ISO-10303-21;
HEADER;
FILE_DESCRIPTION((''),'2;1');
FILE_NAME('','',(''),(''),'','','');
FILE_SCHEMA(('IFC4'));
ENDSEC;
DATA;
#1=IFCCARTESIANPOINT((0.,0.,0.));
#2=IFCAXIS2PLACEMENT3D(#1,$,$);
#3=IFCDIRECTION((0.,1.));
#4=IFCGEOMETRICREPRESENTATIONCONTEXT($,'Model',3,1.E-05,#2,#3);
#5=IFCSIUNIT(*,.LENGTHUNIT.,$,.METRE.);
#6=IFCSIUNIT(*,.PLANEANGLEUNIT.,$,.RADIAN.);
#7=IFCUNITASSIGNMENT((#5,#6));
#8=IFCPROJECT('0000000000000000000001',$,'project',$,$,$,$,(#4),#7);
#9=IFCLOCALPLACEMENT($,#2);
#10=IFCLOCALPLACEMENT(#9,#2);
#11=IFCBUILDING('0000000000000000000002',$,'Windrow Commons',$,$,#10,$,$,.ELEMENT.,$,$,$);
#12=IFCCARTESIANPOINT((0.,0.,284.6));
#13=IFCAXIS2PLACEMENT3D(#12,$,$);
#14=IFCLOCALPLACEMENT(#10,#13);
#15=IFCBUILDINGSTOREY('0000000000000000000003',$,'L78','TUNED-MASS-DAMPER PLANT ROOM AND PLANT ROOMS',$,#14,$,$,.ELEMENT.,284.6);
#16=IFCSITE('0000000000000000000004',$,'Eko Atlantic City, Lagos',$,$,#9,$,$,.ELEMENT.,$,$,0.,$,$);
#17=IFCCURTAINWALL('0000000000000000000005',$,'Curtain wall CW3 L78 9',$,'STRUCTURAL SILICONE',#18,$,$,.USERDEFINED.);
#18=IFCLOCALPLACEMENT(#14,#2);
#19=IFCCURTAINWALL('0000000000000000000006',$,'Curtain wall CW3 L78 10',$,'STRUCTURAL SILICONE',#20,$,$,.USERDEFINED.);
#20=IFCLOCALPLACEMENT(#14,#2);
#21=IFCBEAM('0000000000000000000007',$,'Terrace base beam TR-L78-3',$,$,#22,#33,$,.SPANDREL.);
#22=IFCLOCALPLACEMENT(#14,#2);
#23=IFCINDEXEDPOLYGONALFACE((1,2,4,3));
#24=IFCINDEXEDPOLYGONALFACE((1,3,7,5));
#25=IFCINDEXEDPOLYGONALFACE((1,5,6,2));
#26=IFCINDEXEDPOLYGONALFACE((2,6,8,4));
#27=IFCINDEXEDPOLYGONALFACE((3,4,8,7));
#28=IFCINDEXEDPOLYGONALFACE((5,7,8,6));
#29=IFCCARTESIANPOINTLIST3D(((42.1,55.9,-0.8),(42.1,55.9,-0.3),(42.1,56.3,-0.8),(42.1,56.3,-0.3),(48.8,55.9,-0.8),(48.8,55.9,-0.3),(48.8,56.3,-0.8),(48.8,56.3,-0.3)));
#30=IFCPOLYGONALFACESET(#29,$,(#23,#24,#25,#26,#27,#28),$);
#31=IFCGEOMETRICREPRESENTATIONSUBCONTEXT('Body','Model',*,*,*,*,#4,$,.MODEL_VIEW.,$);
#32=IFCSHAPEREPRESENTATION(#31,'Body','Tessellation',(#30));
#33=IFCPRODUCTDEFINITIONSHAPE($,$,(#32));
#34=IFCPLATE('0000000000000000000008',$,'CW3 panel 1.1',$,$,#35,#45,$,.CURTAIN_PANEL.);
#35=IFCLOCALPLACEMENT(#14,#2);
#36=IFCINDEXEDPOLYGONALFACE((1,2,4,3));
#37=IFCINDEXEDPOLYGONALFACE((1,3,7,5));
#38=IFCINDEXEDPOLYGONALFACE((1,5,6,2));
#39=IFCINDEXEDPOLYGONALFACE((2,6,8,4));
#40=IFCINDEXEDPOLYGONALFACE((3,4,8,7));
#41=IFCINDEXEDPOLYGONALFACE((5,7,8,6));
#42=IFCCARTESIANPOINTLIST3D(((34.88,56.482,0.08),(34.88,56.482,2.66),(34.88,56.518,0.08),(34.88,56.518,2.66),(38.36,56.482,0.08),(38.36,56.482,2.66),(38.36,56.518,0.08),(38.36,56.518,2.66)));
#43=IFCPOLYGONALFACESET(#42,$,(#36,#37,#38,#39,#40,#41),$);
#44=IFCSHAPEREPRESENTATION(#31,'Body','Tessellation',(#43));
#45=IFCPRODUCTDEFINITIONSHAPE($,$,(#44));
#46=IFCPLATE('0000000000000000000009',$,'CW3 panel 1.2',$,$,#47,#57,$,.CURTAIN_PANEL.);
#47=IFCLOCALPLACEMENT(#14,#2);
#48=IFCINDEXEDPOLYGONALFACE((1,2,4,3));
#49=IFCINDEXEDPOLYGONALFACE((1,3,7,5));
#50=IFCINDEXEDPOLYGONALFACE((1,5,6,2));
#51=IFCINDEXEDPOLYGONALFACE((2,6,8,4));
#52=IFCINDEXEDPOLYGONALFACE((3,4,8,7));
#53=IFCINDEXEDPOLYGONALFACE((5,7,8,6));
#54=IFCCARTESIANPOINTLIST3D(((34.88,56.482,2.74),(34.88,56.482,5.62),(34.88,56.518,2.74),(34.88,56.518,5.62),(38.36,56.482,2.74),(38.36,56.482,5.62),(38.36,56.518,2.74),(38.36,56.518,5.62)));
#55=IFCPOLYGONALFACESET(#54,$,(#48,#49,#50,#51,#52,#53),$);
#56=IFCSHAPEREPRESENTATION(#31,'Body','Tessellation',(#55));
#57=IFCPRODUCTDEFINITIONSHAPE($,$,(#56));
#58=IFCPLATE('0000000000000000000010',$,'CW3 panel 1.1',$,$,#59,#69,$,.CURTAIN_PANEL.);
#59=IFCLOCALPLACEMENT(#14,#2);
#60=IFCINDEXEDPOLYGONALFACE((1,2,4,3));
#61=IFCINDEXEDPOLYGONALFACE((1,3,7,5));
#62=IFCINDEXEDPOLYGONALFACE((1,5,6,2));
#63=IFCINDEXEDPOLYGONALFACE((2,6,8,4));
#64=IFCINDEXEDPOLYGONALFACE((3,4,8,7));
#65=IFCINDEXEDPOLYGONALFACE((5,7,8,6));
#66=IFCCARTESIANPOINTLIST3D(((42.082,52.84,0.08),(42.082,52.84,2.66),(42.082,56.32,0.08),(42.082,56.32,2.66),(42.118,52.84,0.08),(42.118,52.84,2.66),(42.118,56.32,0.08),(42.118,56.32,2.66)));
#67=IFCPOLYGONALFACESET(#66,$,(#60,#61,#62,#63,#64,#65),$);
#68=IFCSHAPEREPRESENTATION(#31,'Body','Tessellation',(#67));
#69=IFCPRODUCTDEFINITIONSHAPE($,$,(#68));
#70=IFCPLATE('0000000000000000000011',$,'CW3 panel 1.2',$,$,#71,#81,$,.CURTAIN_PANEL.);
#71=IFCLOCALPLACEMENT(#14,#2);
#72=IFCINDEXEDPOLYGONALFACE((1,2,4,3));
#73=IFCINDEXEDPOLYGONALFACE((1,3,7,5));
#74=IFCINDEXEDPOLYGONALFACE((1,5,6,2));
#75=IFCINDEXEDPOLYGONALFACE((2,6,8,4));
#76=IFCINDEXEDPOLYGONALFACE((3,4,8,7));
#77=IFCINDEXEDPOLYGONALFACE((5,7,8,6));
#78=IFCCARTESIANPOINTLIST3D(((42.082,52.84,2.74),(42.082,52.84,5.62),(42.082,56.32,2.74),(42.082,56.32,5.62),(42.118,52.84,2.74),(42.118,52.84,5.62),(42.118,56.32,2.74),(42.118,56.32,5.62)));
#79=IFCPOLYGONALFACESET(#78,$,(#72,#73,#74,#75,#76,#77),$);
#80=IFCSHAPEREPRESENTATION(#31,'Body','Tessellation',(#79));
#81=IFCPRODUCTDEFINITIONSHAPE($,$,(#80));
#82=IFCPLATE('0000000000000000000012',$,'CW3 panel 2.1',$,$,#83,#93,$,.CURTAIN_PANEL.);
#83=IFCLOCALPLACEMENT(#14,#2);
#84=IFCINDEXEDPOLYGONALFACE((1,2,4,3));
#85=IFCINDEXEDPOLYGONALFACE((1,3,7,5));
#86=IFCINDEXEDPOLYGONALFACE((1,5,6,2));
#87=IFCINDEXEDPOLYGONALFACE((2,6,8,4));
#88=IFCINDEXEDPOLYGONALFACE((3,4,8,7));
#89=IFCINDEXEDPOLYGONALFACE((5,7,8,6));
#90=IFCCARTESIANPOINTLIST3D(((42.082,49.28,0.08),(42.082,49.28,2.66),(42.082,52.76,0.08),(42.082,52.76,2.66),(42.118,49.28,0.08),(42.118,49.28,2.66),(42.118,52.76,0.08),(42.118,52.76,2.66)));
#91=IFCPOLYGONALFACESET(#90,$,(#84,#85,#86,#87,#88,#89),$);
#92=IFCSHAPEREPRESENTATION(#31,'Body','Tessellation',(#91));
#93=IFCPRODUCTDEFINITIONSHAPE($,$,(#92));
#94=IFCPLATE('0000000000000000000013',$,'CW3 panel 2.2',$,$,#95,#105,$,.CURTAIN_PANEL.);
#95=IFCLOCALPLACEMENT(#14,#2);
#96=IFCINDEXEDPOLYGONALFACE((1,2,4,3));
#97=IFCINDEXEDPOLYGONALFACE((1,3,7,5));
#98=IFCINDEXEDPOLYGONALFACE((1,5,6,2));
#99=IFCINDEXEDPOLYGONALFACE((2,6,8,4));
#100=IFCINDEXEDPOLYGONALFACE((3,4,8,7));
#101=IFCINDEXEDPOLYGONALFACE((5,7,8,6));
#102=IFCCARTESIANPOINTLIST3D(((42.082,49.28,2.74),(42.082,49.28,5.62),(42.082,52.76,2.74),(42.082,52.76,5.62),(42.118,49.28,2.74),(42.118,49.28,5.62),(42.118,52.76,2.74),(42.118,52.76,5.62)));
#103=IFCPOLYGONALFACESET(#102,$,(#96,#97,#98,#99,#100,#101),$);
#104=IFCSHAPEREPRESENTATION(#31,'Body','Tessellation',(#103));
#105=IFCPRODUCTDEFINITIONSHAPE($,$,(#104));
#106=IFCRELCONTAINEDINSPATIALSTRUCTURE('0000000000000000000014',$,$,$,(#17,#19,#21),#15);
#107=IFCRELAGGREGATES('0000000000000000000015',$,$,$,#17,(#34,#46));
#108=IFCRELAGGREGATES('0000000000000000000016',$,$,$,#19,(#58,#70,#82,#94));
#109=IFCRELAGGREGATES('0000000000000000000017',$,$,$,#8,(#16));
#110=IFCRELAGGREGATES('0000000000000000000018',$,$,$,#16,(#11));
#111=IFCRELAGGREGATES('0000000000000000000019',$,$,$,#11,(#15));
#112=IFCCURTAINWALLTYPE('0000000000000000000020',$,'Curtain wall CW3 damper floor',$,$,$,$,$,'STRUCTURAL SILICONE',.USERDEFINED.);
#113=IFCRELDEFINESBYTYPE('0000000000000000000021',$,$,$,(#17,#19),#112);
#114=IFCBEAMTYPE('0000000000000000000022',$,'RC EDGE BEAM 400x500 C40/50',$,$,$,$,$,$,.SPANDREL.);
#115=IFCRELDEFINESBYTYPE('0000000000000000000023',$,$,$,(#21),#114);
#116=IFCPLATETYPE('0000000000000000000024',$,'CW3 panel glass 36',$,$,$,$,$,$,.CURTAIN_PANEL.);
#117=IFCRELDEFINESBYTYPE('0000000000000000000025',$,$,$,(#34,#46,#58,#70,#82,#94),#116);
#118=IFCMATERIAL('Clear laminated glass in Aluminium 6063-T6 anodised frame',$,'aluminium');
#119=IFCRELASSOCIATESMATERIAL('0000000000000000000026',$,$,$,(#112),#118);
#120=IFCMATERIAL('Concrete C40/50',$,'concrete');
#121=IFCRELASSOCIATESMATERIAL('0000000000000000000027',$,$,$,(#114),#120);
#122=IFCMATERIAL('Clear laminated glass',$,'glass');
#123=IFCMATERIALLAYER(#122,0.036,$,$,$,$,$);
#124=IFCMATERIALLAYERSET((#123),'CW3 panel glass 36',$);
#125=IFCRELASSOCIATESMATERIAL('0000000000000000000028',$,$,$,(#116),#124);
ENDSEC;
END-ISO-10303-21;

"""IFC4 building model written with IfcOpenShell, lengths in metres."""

from ifc_helpers import new_model, si_unit, direction, frame, origin, origin_2d, place, context, subcontext, project, spatial, rectangle, extrude, material, layer, layer_set, material_profile, profile_set, type_object, element, aggregate, save


model = new_model("IFC4")

# Units and contexts
model_context = context("Model", 3, precision=1e-05, world=origin(), true_north=direction((0.0, 1.0)))
body_context = subcontext(model_context, "Body", "Model", "MODEL_VIEW")
ifc_project = project(units=[si_unit("LENGTHUNIT", "METRE"), si_unit("PLANEANGLEUNIT", "RADIAN")], contexts=[model_context])

# Site, building, storey
site_placement = place(None, origin())
site = spatial("IfcSite", under=ifc_project, at=site_placement, Name="Eko Atlantic City, Lagos", CompositionType="ELEMENT", RefElevation=0.0)
building_placement = place(site_placement, origin())
building = spatial("IfcBuilding", under=site, at=building_placement, Name="Windrow Commons", CompositionType="ELEMENT")
storey_placement = place(building_placement, frame((0.0, 0.0, 284.6)))
storey = spatial("IfcBuildingStorey", under=building, at=storey_placement, Name="L78", Description="TUNED-MASS-DAMPER PLANT ROOM AND PLANT ROOMS", CompositionType="ELEMENT", Elevation=284.6)

# Shared definitions
ifc_material_1 = material(Name="Clear laminated glass in Aluminium 6063-T6 anodised frame", Category="aluminium")
curtain_wall_type = type_object("IfcCurtainWallType", Name="Curtain wall CW3 damper floor", ElementType="STRUCTURAL SILICONE", PredefinedType="USERDEFINED", material=ifc_material_1)
placement = place(storey_placement, origin())

# Curtain walls
curtain_wall_1 = element("IfcCurtainWall", 1, at=placement, inside=storey, type_object=curtain_wall_type, Name="Curtain wall CW3 L78 9", ObjectType="STRUCTURAL SILICONE", PredefinedType="USERDEFINED")
curtain_wall_2 = element("IfcCurtainWall", 2, at=placement, inside=storey, type_object=curtain_wall_type, Name="Curtain wall CW3 L78 10", ObjectType="STRUCTURAL SILICONE", PredefinedType="USERDEFINED")

# Beam
ifc_material_2 = material(Name="Concrete C40/50", Category="concrete")
ifc_material_profile_1 = material_profile(ifc_material_2, rectangle(XDim=0.4, YDim=0.5, at=origin_2d()))
ifc_profile_set_1 = profile_set([ifc_material_profile_1], Name="Concrete C40/50")
beam_type = type_object("IfcBeamType", Name="RC EDGE BEAM 400x500 C40/50", PredefinedType="SPANDREL", material=ifc_profile_set_1)
beam_placement = place(storey_placement, frame((42.1, 56.1, -0.55), z_axis=(1.0, 0.0, 0.0), x_axis=(0.0, 1.0, 0.0)))
element("IfcBeam", 3, at=beam_placement, inside=storey, type_object=beam_type, Name="Terrace base beam TR-L78-3", PredefinedType="SPANDREL", context=body_context, shape_type="SweptSolid", body=[
    extrude(rectangle(XDim=0.4, YDim=0.5, at=origin_2d()), origin(), (0.0, 0.0, 1.0), 6.7),
])

# Plates
ifc_material_3 = material(Name="Clear laminated glass", Category="glass")
ifc_layer = layer(ifc_material_3, 0.036)
ifc_layer_set = layer_set([ifc_layer], Name="CW3 panel glass 36")
plate_type = type_object("IfcPlateType", Name="CW3 panel glass 36", PredefinedType="CURTAIN_PANEL", material=ifc_layer_set)
plate_1_placement = place(storey_placement, frame((36.62, 56.5, 0.08), z_axis=(0.0, 0.0, 1.0), x_axis=(1.0, 0.0, 0.0)))
plate_1 = element("IfcPlate", 4, at=plate_1_placement, type_object=plate_type, Name="CW3 panel 1.1", PredefinedType="CURTAIN_PANEL", context=body_context, shape_type="SweptSolid", body=[
    extrude(rectangle(XDim=3.48, YDim=0.036, at=origin_2d()), origin(), (0.0, 0.0, 1.0), 2.58),
])
plate_2_placement = place(storey_placement, frame((36.62, 56.5, 2.74), z_axis=(0.0, 0.0, 1.0), x_axis=(1.0, 0.0, 0.0)))
plate_2 = element("IfcPlate", 5, at=plate_2_placement, type_object=plate_type, Name="CW3 panel 1.2", PredefinedType="CURTAIN_PANEL", context=body_context, shape_type="SweptSolid", body=[
    extrude(rectangle(XDim=3.48, YDim=0.036, at=origin_2d()), origin(), (0.0, 0.0, 1.0), 2.88),
])
aggregate(curtain_wall_1, [plate_1, plate_2])
plate_3_placement = place(storey_placement, frame((42.1, 54.58, 0.08), z_axis=(0.0, 0.0, 1.0), x_axis=(0.0, -1.0, 0.0)))
plate_3 = element("IfcPlate", 6, at=plate_3_placement, type_object=plate_type, Name="CW3 panel 1.1", PredefinedType="CURTAIN_PANEL", context=body_context, shape_type="SweptSolid", body=[
    extrude(rectangle(XDim=3.48, YDim=0.036, at=origin_2d()), origin(), (0.0, 0.0, 1.0), 2.58),
])
plate_4_placement = place(storey_placement, frame((42.1, 54.58, 2.74), z_axis=(0.0, 0.0, 1.0), x_axis=(0.0, -1.0, 0.0)))
plate_4 = element("IfcPlate", 7, at=plate_4_placement, type_object=plate_type, Name="CW3 panel 1.2", PredefinedType="CURTAIN_PANEL", context=body_context, shape_type="SweptSolid", body=[
    extrude(rectangle(XDim=3.48, YDim=0.036, at=origin_2d()), origin(), (0.0, 0.0, 1.0), 2.88),
])
plate_5_placement = place(storey_placement, frame((42.1, 51.02, 0.08), z_axis=(0.0, 0.0, 1.0), x_axis=(0.0, -1.0, 0.0)))
plate_5 = element("IfcPlate", 8, at=plate_5_placement, type_object=plate_type, Name="CW3 panel 2.1", PredefinedType="CURTAIN_PANEL", context=body_context, shape_type="SweptSolid", body=[
    extrude(rectangle(XDim=3.48, YDim=0.036, at=origin_2d()), origin(), (0.0, 0.0, 1.0), 2.58),
])
plate_6_placement = place(storey_placement, frame((42.1, 51.02, 2.74), z_axis=(0.0, 0.0, 1.0), x_axis=(0.0, -1.0, 0.0)))
plate_6 = element("IfcPlate", 9, at=plate_6_placement, type_object=plate_type, Name="CW3 panel 2.2", PredefinedType="CURTAIN_PANEL", context=body_context, shape_type="SweptSolid", body=[
    extrude(rectangle(XDim=3.48, YDim=0.036, at=origin_2d()), origin(), (0.0, 0.0, 1.0), 2.88),
])
aggregate(curtain_wall_2, [plate_3, plate_4, plate_5, plate_6])

save(model, "model.ifc")
